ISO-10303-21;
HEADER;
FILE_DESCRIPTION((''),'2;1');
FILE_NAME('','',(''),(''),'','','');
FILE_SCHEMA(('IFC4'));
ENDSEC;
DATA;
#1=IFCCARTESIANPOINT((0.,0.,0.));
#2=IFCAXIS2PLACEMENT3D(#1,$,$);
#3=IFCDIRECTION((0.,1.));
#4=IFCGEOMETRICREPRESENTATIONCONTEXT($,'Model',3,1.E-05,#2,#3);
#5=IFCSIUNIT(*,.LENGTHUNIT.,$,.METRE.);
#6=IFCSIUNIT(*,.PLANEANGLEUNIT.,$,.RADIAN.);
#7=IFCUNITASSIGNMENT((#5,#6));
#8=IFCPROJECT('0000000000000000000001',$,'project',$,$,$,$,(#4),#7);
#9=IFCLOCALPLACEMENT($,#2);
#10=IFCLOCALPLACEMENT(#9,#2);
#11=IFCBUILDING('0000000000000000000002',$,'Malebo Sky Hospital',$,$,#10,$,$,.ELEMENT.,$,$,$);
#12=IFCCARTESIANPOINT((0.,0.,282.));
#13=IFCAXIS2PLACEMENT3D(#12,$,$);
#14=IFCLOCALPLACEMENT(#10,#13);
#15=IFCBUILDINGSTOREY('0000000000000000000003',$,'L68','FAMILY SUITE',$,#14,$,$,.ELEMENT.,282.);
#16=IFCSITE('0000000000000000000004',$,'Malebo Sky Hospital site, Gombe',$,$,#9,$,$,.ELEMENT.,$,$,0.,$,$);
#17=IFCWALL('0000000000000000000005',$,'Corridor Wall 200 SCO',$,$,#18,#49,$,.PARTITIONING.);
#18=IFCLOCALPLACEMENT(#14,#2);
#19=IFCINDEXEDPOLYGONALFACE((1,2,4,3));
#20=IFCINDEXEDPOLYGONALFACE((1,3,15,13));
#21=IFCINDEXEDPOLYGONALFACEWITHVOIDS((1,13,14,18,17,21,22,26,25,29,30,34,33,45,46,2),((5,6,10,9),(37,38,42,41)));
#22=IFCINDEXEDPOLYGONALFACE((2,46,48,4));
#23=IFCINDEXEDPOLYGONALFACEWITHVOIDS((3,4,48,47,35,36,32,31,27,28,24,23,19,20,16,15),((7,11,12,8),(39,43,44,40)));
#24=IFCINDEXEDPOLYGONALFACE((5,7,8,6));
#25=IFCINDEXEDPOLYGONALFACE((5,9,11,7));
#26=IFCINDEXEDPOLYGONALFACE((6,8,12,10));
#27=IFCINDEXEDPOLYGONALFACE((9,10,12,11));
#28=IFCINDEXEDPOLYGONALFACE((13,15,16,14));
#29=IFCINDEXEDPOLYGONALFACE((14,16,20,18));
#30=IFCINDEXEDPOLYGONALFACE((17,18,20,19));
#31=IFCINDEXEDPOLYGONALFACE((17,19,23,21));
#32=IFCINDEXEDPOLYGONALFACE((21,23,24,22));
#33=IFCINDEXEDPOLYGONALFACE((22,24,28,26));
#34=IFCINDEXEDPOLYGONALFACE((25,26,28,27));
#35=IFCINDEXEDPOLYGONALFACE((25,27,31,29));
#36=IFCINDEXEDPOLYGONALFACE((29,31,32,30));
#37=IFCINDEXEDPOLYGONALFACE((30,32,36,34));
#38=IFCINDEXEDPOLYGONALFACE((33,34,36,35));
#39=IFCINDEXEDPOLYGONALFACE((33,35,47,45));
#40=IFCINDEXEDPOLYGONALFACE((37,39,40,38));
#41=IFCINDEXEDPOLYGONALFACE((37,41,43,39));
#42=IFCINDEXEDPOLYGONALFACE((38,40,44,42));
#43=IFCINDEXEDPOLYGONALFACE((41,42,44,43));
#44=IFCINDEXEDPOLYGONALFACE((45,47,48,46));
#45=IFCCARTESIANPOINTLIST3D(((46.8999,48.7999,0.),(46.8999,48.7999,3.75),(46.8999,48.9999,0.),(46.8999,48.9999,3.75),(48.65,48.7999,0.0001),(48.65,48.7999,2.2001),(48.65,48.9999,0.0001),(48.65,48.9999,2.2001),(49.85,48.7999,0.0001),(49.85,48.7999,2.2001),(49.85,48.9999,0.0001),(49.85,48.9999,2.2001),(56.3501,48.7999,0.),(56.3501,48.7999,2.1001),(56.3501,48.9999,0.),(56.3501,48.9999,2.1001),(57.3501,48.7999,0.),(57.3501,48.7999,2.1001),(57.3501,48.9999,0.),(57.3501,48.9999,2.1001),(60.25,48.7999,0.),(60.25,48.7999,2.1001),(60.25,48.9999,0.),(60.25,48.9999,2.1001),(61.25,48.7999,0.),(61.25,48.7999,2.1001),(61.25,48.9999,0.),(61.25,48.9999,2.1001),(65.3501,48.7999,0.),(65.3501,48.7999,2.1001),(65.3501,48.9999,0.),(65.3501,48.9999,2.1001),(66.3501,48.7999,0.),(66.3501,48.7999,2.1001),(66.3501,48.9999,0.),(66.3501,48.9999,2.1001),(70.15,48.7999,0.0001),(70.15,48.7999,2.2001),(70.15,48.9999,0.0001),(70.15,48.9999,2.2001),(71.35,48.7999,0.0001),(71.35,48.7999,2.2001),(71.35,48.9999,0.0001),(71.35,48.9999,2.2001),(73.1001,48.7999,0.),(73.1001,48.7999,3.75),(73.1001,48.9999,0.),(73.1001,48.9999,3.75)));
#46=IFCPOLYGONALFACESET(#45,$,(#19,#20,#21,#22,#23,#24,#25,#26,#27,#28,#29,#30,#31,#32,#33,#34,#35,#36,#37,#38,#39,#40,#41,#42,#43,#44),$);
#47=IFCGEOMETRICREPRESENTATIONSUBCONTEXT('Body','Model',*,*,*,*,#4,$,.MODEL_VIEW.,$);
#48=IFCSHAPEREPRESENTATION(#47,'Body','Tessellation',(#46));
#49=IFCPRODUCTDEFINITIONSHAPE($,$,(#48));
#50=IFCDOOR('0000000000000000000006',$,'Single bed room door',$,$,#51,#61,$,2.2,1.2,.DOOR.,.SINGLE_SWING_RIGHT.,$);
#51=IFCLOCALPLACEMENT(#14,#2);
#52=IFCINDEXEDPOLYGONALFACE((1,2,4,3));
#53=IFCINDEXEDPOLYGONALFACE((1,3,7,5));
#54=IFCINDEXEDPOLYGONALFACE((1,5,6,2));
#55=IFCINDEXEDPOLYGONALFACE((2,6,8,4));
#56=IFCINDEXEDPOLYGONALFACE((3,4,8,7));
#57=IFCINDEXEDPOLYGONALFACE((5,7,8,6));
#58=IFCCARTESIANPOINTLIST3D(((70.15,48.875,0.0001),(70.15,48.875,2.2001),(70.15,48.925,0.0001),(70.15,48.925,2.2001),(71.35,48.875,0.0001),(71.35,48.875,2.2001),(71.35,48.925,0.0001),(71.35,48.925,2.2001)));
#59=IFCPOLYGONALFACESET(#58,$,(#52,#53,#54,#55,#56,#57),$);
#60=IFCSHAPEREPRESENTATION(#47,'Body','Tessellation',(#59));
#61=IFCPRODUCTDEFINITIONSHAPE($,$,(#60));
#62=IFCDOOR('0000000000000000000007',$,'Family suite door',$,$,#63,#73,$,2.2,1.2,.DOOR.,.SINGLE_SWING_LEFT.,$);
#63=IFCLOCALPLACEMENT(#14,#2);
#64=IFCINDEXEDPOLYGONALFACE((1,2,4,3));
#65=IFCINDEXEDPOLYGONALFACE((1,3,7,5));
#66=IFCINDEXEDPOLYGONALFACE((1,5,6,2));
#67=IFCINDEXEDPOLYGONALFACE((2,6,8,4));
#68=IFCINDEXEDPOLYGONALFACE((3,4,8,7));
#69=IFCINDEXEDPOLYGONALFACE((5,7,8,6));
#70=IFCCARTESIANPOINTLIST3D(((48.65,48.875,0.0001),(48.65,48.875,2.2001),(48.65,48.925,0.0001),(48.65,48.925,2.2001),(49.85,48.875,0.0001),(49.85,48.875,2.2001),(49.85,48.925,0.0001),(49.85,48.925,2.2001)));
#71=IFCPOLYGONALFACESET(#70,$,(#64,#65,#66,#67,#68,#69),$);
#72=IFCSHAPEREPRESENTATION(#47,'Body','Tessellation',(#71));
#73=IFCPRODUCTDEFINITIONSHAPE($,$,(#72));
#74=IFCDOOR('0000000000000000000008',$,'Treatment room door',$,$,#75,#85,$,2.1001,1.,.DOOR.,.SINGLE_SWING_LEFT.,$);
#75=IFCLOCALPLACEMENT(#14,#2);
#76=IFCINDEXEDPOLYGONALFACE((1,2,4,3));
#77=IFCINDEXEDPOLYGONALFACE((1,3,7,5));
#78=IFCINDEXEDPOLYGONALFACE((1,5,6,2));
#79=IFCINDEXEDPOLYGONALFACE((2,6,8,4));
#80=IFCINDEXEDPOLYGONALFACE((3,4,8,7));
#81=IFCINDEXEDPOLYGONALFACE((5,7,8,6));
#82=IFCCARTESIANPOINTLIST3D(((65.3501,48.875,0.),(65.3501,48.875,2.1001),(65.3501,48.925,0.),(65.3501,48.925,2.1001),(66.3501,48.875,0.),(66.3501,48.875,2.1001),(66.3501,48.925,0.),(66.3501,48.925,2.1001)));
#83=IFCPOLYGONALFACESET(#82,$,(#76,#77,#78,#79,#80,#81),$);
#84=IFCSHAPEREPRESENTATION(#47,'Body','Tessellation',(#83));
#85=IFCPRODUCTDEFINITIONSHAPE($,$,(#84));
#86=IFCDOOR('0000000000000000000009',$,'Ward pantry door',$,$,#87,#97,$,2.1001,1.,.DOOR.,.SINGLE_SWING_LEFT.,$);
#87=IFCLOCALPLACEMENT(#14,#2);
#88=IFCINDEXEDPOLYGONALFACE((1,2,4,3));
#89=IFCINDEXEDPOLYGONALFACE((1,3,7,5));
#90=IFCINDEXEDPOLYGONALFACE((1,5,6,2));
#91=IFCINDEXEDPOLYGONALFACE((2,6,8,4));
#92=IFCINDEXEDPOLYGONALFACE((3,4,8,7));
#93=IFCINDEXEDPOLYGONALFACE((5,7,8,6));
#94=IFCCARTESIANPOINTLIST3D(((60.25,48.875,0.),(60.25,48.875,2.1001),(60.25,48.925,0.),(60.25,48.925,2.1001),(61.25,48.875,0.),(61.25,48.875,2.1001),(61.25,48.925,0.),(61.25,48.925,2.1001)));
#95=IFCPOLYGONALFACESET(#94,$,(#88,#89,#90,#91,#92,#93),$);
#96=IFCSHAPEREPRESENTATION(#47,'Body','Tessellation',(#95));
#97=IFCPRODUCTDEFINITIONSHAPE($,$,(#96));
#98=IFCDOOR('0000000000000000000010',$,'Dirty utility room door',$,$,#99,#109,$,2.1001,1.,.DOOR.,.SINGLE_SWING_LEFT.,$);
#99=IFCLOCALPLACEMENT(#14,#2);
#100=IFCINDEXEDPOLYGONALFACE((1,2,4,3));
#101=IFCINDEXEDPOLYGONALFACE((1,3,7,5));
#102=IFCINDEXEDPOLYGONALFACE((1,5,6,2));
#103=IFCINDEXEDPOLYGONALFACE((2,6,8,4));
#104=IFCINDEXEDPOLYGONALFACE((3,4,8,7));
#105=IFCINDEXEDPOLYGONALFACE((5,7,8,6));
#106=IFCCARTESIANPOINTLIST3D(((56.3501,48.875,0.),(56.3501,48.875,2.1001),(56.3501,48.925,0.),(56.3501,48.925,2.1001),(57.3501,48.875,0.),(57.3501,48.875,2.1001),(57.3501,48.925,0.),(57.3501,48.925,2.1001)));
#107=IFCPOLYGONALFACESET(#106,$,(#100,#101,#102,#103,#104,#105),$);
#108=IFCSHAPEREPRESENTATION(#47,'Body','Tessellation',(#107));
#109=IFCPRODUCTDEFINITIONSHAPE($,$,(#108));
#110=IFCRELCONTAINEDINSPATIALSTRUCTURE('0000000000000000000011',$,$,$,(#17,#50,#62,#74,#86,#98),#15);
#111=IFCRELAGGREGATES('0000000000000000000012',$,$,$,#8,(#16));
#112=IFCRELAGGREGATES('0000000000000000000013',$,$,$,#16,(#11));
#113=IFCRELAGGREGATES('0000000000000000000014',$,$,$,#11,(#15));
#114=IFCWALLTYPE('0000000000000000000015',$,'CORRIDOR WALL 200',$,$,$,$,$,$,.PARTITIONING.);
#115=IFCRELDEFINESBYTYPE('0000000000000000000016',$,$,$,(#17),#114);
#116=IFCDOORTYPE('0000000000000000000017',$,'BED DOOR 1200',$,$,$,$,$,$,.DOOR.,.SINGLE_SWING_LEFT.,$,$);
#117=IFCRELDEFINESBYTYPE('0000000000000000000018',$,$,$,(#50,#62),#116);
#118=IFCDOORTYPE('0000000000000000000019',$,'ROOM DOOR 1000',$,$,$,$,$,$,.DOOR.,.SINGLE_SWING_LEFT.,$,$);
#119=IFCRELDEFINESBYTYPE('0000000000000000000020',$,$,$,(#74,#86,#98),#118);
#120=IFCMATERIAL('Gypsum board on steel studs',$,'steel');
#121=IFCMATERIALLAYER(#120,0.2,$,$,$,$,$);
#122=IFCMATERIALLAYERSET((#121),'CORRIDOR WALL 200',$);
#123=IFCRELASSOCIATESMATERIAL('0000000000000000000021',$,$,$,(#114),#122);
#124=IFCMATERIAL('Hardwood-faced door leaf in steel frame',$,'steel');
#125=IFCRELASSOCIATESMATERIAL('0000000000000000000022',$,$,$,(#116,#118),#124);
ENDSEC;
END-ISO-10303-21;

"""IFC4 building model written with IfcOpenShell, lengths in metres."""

from ifc_helpers import new_model, si_unit, direction, frame, frame_2d, origin, place, context, subcontext, project, spatial, rectangle, extrude, material, layer, layer_set, type_object, element, fill, save


model = new_model("IFC4")

# Units and contexts
model_context = context("Model", 3, precision=1e-05, world=origin(), true_north=direction((0.0, 1.0)))
body_context = subcontext(model_context, "Body", "Model", "MODEL_VIEW")
ifc_project = project(units=[si_unit("LENGTHUNIT", "METRE"), si_unit("PLANEANGLEUNIT", "RADIAN")], contexts=[model_context])

# Site, building, storey
site_placement = place(None, origin())
site = spatial("IfcSite", under=ifc_project, at=site_placement, Name="Malebo Sky Hospital site, Gombe", CompositionType="ELEMENT", RefElevation=0.0)
building_placement = place(site_placement, origin())
building = spatial("IfcBuilding", under=site, at=building_placement, Name="Malebo Sky Hospital", CompositionType="ELEMENT")
storey_placement = place(building_placement, frame((0.0, 0.0, 282.0)))
storey = spatial("IfcBuildingStorey", under=building, at=storey_placement, Name="L68", Description="FAMILY SUITE", CompositionType="ELEMENT", Elevation=282.0)

# Wall, openings, doors
ifc_material_1 = material(Name="Gypsum board on steel studs", Category="steel")
ifc_layer_1 = layer(ifc_material_1, 0.2)
ifc_layer_set_1 = layer_set([ifc_layer_1], Name="CORRIDOR WALL 200")
wall_type_1 = type_object("IfcWallType", Name="CORRIDOR WALL 200", PredefinedType="PARTITIONING", material=ifc_layer_set_1)
wall_1_placement = place(storey_placement, frame((73.1001, 48.8999, 0.0), z_axis=(0.0, 0.0, 1.0), x_axis=(-1.0, 0.0, 0.0)))
wall_1 = element("IfcWall", 1, at=wall_1_placement, inside=storey, type_object=wall_type_1, Name="Corridor Wall 200 SCO", PredefinedType="PARTITIONING", context=body_context, shape_type="SweptSolid", body=[
    extrude(rectangle(XDim=26.2002, YDim=0.2, at=frame_2d((13.1001, 0.0))), origin(), (0.0, 0.0, 1.0), 3.75),
])
opening_1_placement = place(wall_1_placement, frame((1.75, 0.0, 0.0)))
opening_1 = element("IfcOpeningElement", 2, at=opening_1_placement, cuts=wall_1, PredefinedType="OPENING", context=body_context, shape_type="SweptSolid", body=[
    extrude(rectangle(XDim=1.2, YDim=2.2, at=frame_2d((0.6001, 1.1001))), frame((0.0, 0.1099, 0.0), z_axis=(0.0, -1.0, 0.0), x_axis=(1.0, 0.0, 0.0)), (0.0, 0.0, 1.0), 0.22),
])
opening_2_placement = place(wall_1_placement, frame((6.75, 0.0, 0.0)))
opening_2 = element("IfcOpeningElement", 3, at=opening_2_placement, cuts=wall_1, PredefinedType="OPENING", context=body_context, shape_type="SweptSolid", body=[
    extrude(rectangle(XDim=1.0, YDim=2.1001, at=frame_2d((0.5, 1.05))), frame((0.0, 0.1099, 0.0), z_axis=(0.0, -1.0, 0.0), x_axis=(1.0, 0.0, 0.0)), (0.0, 0.0, 1.0), 0.22),
])
opening_3_placement = place(wall_1_placement, frame((11.8501, 0.0, 0.0)))
opening_3 = element("IfcOpeningElement", 4, at=opening_3_placement, cuts=wall_1, PredefinedType="OPENING", context=body_context, shape_type="SweptSolid", body=[
    extrude(rectangle(XDim=1.0, YDim=2.1001, at=frame_2d((0.5, 1.05))), frame((0.0, 0.1099, 0.0), z_axis=(0.0, -1.0, 0.0), x_axis=(1.0, 0.0, 0.0)), (0.0, 0.0, 1.0), 0.22),
])
opening_4_placement = place(wall_1_placement, frame((15.75, 0.0, 0.0)))
opening_4 = element("IfcOpeningElement", 5, at=opening_4_placement, cuts=wall_1, PredefinedType="OPENING", context=body_context, shape_type="SweptSolid", body=[
    extrude(rectangle(XDim=1.0, YDim=2.1001, at=frame_2d((0.5, 1.05))), frame((0.0, 0.1099, 0.0), z_axis=(0.0, -1.0, 0.0), x_axis=(1.0, 0.0, 0.0)), (0.0, 0.0, 1.0), 0.22),
])
opening_5_placement = place(wall_1_placement, frame((23.25, 0.0, 0.0)))
opening_5 = element("IfcOpeningElement", 6, at=opening_5_placement, cuts=wall_1, PredefinedType="OPENING", context=body_context, shape_type="SweptSolid", body=[
    extrude(rectangle(XDim=1.2, YDim=2.2, at=frame_2d((0.6001, 1.1001))), frame((0.0, 0.1099, 0.0), z_axis=(0.0, -1.0, 0.0), x_axis=(1.0, 0.0, 0.0)), (0.0, 0.0, 1.0), 0.22),
])
ifc_material_2 = material(Name="Hardwood-faced door leaf in steel frame", Category="steel")
door_type_1 = type_object("IfcDoorType", Name="BED DOOR 1200", OperationType="SINGLE_SWING_LEFT", PredefinedType="DOOR", material=ifc_material_2)
door_1_placement = place(opening_1_placement, origin())
door_1 = element("IfcDoor", 7, at=door_1_placement, inside=storey, type_object=door_type_1, Name="Single bed room door", OperationType="SINGLE_SWING_RIGHT", OverallHeight=2.2, OverallWidth=1.2, PredefinedType="DOOR", context=body_context, shape_type="SweptSolid", body=[
    extrude(rectangle(XDim=1.2, YDim=2.2, at=frame_2d((0.6001, 1.1001))), frame((0.0, 0.0249, 0.0), z_axis=(0.0, -1.0, 0.0), x_axis=(1.0, 0.0, 0.0)), (0.0, 0.0, 1.0), 0.05),
])
fill(opening_1, door_1)
door_2_placement = place(opening_5_placement, origin())
door_2 = element("IfcDoor", 8, at=door_2_placement, inside=storey, type_object=door_type_1, Name="Family suite door", OperationType="SINGLE_SWING_LEFT", OverallHeight=2.2, OverallWidth=1.2, PredefinedType="DOOR", context=body_context, shape_type="SweptSolid", body=[
    extrude(rectangle(XDim=1.2, YDim=2.2, at=frame_2d((0.6001, 1.1001))), frame((0.0, 0.0249, 0.0), z_axis=(0.0, -1.0, 0.0), x_axis=(1.0, 0.0, 0.0)), (0.0, 0.0, 1.0), 0.05),
])
fill(opening_5, door_2)
door_type_2 = type_object("IfcDoorType", Name="ROOM DOOR 1000", OperationType="SINGLE_SWING_LEFT", PredefinedType="DOOR", material=ifc_material_2)
door_3_placement = place(opening_2_placement, origin())
door_3 = element("IfcDoor", 9, at=door_3_placement, inside=storey, type_object=door_type_2, Name="Treatment room door", OperationType="SINGLE_SWING_LEFT", OverallHeight=2.1001, OverallWidth=1.0, PredefinedType="DOOR", context=body_context, shape_type="SweptSolid", body=[
    extrude(rectangle(XDim=1.0, YDim=2.1001, at=frame_2d((0.5, 1.05))), frame((0.0, 0.0249, 0.0), z_axis=(0.0, -1.0, 0.0), x_axis=(1.0, 0.0, 0.0)), (0.0, 0.0, 1.0), 0.05),
])
fill(opening_2, door_3)
door_4_placement = place(opening_3_placement, origin())
door_4 = element("IfcDoor", 10, at=door_4_placement, inside=storey, type_object=door_type_2, Name="Ward pantry door", OperationType="SINGLE_SWING_LEFT", OverallHeight=2.1001, OverallWidth=1.0, PredefinedType="DOOR", context=body_context, shape_type="SweptSolid", body=[
    extrude(rectangle(XDim=1.0, YDim=2.1001, at=frame_2d((0.5, 1.05))), frame((0.0, 0.0249, 0.0), z_axis=(0.0, -1.0, 0.0), x_axis=(1.0, 0.0, 0.0)), (0.0, 0.0, 1.0), 0.05),
])
fill(opening_3, door_4)
door_5_placement = place(opening_4_placement, origin())
door_5 = element("IfcDoor", 11, at=door_5_placement, inside=storey, type_object=door_type_2, Name="Dirty utility room door", OperationType="SINGLE_SWING_LEFT", OverallHeight=2.1001, OverallWidth=1.0, PredefinedType="DOOR", context=body_context, shape_type="SweptSolid", body=[
    extrude(rectangle(XDim=1.0, YDim=2.1001, at=frame_2d((0.5, 1.05))), frame((0.0, 0.0249, 0.0), z_axis=(0.0, -1.0, 0.0), x_axis=(1.0, 0.0, 0.0)), (0.0, 0.0, 1.0), 0.05),
])
fill(opening_4, door_5)

save(model, "model.ifc")
